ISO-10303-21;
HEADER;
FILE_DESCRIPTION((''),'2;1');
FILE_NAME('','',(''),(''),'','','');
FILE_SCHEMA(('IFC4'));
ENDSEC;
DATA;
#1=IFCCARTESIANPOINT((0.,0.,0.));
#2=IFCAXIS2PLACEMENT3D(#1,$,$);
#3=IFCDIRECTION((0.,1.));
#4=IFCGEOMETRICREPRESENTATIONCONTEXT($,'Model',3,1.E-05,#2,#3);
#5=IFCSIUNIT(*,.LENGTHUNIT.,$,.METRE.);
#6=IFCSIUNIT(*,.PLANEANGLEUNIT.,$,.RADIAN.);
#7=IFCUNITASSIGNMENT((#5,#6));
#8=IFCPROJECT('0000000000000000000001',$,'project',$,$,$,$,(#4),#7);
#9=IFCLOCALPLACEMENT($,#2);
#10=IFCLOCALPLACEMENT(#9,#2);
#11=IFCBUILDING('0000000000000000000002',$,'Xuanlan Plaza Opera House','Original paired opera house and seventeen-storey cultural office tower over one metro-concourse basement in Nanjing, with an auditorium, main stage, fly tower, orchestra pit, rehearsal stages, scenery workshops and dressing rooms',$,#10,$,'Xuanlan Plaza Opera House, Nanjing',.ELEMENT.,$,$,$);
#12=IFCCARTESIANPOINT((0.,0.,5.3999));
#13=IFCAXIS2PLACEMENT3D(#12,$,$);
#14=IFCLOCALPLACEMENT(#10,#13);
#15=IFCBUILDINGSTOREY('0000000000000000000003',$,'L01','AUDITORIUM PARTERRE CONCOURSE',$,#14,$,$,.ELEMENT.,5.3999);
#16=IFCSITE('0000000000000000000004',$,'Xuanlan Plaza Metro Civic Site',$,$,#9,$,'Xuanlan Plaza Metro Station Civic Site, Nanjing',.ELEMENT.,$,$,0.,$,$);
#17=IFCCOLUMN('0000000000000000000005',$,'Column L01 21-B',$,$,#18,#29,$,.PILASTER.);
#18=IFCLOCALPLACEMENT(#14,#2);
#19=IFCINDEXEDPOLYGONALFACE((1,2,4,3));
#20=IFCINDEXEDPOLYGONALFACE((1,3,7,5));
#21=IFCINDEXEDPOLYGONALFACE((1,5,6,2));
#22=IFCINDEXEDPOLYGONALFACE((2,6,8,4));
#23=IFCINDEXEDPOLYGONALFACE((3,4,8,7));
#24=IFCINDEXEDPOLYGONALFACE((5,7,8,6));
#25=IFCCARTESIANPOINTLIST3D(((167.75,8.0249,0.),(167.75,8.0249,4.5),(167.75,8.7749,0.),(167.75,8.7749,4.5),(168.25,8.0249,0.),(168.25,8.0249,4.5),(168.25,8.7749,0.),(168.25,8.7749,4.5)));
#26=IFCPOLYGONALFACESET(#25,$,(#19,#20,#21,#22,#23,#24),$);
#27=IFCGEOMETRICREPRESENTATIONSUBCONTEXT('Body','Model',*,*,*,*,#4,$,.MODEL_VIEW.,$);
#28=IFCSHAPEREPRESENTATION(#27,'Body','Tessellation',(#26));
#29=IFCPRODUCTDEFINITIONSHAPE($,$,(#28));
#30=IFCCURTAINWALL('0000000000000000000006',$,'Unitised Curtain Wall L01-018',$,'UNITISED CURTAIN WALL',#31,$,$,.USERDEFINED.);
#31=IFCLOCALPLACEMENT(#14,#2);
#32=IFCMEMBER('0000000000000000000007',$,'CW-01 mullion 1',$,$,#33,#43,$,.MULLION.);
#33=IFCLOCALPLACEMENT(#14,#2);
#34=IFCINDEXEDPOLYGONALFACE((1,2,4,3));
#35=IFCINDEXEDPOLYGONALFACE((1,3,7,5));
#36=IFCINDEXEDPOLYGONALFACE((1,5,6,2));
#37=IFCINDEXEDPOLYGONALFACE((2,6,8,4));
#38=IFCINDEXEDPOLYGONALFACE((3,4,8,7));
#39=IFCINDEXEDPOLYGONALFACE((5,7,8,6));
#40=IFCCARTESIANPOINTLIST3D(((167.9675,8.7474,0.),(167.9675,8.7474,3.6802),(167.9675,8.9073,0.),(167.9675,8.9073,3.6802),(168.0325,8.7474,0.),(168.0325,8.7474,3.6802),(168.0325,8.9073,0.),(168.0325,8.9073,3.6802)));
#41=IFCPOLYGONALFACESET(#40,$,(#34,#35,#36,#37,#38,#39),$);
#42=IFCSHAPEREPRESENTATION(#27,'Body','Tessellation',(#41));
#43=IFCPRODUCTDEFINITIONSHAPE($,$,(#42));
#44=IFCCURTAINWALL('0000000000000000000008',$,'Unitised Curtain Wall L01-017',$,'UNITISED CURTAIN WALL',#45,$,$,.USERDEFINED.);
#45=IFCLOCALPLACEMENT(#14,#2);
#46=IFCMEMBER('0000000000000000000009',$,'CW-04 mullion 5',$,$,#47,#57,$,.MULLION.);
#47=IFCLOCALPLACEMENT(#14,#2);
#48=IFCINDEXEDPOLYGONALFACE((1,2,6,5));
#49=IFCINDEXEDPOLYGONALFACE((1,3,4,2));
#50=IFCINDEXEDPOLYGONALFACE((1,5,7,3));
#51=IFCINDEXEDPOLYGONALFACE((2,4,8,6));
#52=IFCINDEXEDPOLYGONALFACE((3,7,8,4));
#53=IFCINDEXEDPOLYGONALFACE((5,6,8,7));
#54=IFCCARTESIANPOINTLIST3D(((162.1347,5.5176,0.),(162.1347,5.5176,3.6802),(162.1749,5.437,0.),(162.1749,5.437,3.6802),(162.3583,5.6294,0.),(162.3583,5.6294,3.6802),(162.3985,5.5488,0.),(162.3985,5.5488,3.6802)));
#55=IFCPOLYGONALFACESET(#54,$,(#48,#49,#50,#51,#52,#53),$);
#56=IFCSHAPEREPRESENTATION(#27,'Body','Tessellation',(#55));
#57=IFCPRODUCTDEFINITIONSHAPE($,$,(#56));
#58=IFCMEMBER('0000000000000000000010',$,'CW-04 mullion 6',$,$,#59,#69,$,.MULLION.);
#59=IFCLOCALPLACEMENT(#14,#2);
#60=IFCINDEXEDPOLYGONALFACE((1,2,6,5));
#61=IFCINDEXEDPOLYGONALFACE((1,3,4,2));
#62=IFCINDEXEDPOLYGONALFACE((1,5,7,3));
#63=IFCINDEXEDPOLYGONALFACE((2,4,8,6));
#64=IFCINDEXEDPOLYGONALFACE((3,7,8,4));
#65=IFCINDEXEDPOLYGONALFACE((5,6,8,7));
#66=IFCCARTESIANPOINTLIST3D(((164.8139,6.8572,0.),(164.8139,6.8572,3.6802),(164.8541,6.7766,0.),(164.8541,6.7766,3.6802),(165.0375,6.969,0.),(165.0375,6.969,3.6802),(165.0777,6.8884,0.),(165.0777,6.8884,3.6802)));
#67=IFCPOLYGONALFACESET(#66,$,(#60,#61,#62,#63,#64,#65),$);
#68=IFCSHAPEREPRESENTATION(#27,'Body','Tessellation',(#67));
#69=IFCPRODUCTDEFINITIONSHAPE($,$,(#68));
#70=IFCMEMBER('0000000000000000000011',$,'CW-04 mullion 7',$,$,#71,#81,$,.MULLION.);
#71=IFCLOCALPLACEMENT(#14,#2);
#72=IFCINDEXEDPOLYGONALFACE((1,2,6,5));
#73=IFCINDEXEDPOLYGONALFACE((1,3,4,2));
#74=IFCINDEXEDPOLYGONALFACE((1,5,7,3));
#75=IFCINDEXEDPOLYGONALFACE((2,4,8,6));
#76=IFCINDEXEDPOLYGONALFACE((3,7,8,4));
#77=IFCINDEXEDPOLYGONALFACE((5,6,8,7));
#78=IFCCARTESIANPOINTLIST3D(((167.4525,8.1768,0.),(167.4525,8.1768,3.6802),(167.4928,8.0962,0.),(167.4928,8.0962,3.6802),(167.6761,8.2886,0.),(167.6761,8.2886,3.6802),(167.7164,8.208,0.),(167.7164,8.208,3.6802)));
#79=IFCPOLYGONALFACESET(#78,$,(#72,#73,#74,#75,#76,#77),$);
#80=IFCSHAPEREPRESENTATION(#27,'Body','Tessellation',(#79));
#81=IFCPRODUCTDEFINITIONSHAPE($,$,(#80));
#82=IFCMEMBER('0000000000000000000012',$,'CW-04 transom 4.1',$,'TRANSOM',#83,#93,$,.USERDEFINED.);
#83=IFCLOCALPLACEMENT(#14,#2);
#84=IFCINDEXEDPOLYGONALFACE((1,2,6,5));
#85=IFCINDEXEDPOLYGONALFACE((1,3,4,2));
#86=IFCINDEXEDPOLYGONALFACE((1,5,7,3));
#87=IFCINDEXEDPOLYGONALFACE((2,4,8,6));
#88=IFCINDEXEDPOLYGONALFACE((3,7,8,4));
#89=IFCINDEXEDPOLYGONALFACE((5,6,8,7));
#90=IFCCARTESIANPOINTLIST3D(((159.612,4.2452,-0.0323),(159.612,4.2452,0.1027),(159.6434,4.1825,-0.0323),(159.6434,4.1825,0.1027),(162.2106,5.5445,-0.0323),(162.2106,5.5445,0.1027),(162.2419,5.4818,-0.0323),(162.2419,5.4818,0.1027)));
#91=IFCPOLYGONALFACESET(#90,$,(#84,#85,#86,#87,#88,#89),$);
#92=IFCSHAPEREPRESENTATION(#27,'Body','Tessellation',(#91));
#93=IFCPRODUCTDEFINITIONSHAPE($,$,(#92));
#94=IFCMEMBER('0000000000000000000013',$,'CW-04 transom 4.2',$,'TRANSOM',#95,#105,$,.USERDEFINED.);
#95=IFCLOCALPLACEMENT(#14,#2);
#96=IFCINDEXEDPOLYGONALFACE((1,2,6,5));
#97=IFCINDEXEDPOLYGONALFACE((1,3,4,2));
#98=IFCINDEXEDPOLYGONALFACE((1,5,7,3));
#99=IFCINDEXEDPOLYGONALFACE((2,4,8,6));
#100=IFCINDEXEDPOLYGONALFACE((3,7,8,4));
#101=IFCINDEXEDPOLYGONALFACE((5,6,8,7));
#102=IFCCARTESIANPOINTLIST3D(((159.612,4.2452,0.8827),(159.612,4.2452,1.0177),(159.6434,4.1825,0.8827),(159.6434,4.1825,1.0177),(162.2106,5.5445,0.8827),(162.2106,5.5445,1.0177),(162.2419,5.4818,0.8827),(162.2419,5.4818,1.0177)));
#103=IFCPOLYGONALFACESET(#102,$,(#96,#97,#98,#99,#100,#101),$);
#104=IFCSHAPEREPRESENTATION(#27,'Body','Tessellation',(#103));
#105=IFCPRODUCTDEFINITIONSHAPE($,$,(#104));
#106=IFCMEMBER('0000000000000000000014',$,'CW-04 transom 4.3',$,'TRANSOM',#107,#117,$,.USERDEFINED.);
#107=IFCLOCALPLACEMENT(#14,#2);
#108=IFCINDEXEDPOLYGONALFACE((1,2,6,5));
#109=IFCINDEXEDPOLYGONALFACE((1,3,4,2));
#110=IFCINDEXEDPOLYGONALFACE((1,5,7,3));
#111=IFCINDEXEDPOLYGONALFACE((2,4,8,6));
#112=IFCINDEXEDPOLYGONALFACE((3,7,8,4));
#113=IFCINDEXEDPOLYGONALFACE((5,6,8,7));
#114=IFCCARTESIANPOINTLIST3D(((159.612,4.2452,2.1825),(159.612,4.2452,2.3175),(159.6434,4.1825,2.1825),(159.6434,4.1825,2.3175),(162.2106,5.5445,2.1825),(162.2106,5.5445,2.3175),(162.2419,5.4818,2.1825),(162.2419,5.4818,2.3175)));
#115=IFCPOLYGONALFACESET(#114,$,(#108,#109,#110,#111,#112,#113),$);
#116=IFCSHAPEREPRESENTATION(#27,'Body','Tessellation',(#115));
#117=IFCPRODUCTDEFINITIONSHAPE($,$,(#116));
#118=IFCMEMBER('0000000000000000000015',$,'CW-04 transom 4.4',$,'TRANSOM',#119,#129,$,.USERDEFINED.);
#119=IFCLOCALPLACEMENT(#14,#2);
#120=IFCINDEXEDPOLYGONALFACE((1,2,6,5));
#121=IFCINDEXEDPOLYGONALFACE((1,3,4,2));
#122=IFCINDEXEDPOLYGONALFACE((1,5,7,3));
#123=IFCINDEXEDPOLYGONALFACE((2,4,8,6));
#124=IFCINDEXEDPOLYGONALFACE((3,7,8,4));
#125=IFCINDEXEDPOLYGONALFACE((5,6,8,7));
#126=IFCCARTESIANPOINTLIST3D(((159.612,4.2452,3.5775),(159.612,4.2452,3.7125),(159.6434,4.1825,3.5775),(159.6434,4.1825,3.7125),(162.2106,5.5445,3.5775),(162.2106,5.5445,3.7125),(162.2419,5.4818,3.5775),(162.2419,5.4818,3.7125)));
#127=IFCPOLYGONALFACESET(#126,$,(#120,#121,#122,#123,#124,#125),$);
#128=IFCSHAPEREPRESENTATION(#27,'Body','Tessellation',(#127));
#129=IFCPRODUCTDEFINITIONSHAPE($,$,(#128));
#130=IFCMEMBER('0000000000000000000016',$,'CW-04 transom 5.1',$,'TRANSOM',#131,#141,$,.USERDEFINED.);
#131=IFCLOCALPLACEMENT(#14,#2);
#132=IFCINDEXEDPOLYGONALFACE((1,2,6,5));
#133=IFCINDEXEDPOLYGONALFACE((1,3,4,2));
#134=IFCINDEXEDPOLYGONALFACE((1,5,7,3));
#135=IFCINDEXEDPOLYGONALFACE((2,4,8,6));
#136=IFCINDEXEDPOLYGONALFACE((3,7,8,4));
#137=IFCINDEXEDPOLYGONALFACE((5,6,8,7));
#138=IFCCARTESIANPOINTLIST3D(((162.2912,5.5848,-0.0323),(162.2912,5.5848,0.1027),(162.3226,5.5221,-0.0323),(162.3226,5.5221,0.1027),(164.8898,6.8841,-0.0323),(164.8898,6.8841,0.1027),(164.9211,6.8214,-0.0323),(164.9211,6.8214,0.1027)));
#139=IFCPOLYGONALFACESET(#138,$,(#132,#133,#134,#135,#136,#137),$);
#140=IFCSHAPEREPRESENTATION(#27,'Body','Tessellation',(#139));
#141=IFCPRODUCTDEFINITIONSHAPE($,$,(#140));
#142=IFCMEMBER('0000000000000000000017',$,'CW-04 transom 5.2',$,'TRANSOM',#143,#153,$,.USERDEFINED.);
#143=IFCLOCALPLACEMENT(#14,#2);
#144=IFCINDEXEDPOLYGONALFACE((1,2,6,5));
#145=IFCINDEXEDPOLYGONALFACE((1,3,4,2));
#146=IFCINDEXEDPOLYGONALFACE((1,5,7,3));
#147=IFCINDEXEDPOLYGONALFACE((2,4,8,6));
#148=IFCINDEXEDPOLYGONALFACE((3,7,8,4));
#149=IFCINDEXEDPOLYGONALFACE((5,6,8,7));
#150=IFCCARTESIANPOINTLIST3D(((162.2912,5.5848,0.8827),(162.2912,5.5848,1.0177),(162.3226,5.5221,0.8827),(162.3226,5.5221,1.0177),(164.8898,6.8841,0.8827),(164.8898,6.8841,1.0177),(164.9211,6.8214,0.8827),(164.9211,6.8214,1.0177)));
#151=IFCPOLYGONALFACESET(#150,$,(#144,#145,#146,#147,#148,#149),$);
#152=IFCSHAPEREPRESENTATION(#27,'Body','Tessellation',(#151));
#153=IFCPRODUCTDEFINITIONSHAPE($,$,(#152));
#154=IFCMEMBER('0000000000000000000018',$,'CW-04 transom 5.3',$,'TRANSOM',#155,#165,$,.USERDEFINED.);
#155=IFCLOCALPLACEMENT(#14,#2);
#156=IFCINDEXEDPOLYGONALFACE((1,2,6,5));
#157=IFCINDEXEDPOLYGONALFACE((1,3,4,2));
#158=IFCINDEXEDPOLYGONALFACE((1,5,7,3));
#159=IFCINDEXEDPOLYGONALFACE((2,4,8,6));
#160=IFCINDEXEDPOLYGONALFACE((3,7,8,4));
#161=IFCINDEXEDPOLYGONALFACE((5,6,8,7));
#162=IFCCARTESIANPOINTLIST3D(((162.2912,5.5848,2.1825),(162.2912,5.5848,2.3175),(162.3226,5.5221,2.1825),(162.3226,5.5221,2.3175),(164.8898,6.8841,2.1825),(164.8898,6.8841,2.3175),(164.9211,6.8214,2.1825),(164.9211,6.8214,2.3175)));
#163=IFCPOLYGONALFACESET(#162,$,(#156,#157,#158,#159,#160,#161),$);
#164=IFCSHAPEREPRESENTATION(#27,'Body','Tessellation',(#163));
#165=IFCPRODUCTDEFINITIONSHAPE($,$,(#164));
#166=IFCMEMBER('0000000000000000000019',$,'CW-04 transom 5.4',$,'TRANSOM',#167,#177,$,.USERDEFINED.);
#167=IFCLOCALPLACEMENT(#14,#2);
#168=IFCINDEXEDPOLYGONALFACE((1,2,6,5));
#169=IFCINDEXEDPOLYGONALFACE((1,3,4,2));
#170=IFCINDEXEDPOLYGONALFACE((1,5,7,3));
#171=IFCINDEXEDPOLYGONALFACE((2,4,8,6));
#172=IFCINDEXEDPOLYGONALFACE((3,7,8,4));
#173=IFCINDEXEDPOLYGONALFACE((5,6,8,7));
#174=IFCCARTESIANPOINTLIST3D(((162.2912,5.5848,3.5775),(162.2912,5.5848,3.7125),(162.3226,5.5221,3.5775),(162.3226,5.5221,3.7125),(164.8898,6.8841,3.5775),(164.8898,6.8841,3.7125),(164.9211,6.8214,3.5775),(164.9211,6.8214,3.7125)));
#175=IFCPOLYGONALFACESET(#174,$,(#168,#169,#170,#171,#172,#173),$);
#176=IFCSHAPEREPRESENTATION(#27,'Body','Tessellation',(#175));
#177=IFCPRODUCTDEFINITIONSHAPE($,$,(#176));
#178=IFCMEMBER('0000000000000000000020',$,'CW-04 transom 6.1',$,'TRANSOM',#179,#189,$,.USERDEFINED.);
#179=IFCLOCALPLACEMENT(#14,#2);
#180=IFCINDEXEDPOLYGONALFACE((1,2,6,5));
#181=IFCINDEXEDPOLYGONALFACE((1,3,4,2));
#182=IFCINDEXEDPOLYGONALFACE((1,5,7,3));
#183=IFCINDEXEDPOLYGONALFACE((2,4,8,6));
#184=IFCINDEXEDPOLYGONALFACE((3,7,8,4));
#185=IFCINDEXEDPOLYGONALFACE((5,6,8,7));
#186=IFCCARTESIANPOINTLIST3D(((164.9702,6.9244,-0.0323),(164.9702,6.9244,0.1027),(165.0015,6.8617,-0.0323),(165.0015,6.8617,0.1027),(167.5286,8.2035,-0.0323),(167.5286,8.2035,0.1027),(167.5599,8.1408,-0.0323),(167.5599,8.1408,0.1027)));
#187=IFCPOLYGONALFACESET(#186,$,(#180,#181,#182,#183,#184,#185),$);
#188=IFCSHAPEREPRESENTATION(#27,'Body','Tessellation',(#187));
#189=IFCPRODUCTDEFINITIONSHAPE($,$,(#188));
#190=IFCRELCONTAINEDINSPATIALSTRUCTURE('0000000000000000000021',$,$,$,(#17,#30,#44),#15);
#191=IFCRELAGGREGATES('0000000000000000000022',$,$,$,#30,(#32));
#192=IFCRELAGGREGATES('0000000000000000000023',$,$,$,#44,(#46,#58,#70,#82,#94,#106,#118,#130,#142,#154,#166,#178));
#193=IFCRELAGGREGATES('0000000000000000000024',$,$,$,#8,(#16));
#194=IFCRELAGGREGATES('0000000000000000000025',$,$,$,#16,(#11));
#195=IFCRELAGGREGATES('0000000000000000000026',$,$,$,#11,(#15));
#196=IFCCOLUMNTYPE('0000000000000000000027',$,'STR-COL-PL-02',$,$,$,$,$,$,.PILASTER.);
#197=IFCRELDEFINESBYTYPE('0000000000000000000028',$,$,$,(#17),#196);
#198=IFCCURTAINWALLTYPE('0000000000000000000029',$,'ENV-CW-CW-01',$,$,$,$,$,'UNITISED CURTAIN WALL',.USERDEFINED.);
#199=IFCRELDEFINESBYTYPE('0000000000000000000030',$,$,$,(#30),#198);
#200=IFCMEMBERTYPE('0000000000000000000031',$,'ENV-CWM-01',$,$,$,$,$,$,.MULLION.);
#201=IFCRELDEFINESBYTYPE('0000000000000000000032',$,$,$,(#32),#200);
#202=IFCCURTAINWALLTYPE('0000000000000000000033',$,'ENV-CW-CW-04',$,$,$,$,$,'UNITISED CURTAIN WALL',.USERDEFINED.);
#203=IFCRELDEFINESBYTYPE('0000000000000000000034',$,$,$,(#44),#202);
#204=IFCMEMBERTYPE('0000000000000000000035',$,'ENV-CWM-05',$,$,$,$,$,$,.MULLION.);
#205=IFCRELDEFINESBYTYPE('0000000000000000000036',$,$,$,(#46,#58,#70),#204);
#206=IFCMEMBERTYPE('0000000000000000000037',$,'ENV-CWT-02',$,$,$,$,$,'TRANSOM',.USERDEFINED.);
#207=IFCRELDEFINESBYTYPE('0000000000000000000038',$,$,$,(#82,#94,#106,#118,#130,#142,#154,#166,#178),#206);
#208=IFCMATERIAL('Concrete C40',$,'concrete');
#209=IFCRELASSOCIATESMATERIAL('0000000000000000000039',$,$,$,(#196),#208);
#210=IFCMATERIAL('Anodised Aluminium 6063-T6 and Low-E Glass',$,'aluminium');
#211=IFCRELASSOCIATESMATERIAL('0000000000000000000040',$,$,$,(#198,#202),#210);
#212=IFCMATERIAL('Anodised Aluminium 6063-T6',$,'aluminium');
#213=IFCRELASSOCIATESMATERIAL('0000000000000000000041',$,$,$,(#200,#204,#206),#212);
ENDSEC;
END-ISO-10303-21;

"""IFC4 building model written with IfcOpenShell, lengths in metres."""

from ifc_helpers import new_model, si_unit, direction, frame, origin, origin_2d, place, context, subcontext, project, spatial, rectangle, extrude, material, material_profile, profile_set, type_object, element, aggregate, save


model = new_model("IFC4")

# Units and contexts
model_context = context("Model", 3, precision=1e-05, world=origin(), true_north=direction((0.0, 1.0)))
body_context = subcontext(model_context, "Body", "Model", "MODEL_VIEW")
ifc_project = project(units=[si_unit("LENGTHUNIT", "METRE"), si_unit("PLANEANGLEUNIT", "RADIAN")], contexts=[model_context])

# Site, building, storey
site_placement = place(None, origin())
site = spatial("IfcSite", under=ifc_project, at=site_placement, Name="Xuanlan Plaza Metro Civic Site", LongName="Xuanlan Plaza Metro Station Civic Site, Nanjing", CompositionType="ELEMENT", RefElevation=0.0)
building_placement = place(site_placement, origin())
building = spatial("IfcBuilding", under=site, at=building_placement, Name="Xuanlan Plaza Opera House", Description="Original paired opera house and seventeen-storey cultural office tower over one metro-concourse basement in Nanjing, with an auditorium, main stage, fly tower, orchestra pit, rehearsal stages, scenery workshops and dressing rooms", LongName="Xuanlan Plaza Opera House, Nanjing", CompositionType="ELEMENT")
storey_placement = place(building_placement, frame((0.0, 0.0, 5.3999)))
storey = spatial("IfcBuildingStorey", under=building, at=storey_placement, Name="L01", Description="AUDITORIUM PARTERRE CONCOURSE", CompositionType="ELEMENT", Elevation=5.3999)

# Column
ifc_material_1 = material(Name="Concrete C40", Category="concrete")
ifc_material_profile_1 = material_profile(ifc_material_1, rectangle(XDim=0.5, YDim=0.75, at=origin_2d()), Name="RC-PIL 500x750")
ifc_profile_set_1 = profile_set([ifc_material_profile_1], Name="Concrete C40")
column_type = type_object("IfcColumnType", Name="STR-COL-PL-02", PredefinedType="PILASTER", material=ifc_profile_set_1)
column_placement = place(storey_placement, frame((168.0, 8.3999, 0.0), z_axis=(0.0, 0.0, 1.0), x_axis=(1.0, 0.0, 0.0)))
element("IfcColumn", 1, at=column_placement, inside=storey, type_object=column_type, Name="Column L01 21-B", PredefinedType="PILASTER", context=body_context, shape_type="SweptSolid", body=[
    extrude(rectangle(XDim=0.5, YDim=0.75, at=origin_2d()), origin(), (0.0, 0.0, 1.0), 4.5),
])

# Curtain wall, member
ifc_material_2 = material(Name="Anodised Aluminium 6063-T6 and Low-E Glass", Category="aluminium")
curtain_wall_type_1 = type_object("IfcCurtainWallType", Name="ENV-CW-CW-01", ElementType="UNITISED CURTAIN WALL", PredefinedType="USERDEFINED", material=ifc_material_2)
curtain_wall_1_placement = place(storey_placement, origin())
curtain_wall_1 = element("IfcCurtainWall", 2, at=curtain_wall_1_placement, inside=storey, type_object=curtain_wall_type_1, Name="Unitised Curtain Wall L01-018", ObjectType="UNITISED CURTAIN WALL", PredefinedType="USERDEFINED")
ifc_material_3 = material(Name="Anodised Aluminium 6063-T6", Category="aluminium")
ifc_material_profile_2 = material_profile(ifc_material_3, rectangle(XDim=0.0649, YDim=0.1599, at=origin_2d()), Name="ALU-M 65x160")
ifc_profile_set_2 = profile_set([ifc_material_profile_2], Name="Anodised Aluminium 6063-T6")
member_type_1 = type_object("IfcMemberType", Name="ENV-CWM-01", PredefinedType="MULLION", material=ifc_profile_set_2)
member_1_placement = place(storey_placement, frame((168.0, 8.8274, 0.0), z_axis=(0.0, 0.0, 1.0), x_axis=(-1.0, 0.0, 0.0)))
member_1 = element("IfcMember", 3, at=member_1_placement, type_object=member_type_1, Name="CW-01 mullion 1", PredefinedType="MULLION", context=body_context, shape_type="SweptSolid", body=[
    extrude(rectangle(XDim=0.0649, YDim=0.1599, at=origin_2d()), origin(), (0.0, 0.0, 1.0), 3.6802),
])

# Curtain wall, members
curtain_wall_type_2 = type_object("IfcCurtainWallType", Name="ENV-CW-CW-04", ElementType="UNITISED CURTAIN WALL", PredefinedType="USERDEFINED", material=ifc_material_2)
curtain_wall_2_placement = place(storey_placement, origin())
curtain_wall_2 = element("IfcCurtainWall", 4, at=curtain_wall_2_placement, inside=storey, type_object=curtain_wall_type_2, Name="Unitised Curtain Wall L01-017", ObjectType="UNITISED CURTAIN WALL", PredefinedType="USERDEFINED")
ifc_material_profile_3 = material_profile(ifc_material_3, rectangle(XDim=0.0901, YDim=0.25, at=origin_2d()), Name="ALU-M 90x250")
ifc_profile_set_3 = profile_set([ifc_material_profile_3], Name="Anodised Aluminium 6063-T6")
member_type_2 = type_object("IfcMemberType", Name="ENV-CWM-05", PredefinedType="MULLION", material=ifc_profile_set_3)
member_2_placement = place(storey_placement, frame((162.2666, 5.5332, 0.0), z_axis=(0.0, 0.0, 1.0), x_axis=(-0.447214, 0.894427, 0.0)))
member_2 = element("IfcMember", 5, at=member_2_placement, type_object=member_type_2, Name="CW-04 mullion 5", PredefinedType="MULLION", context=body_context, shape_type="SweptSolid", body=[
    extrude(rectangle(XDim=0.0901, YDim=0.25, at=origin_2d()), origin(), (0.0, 0.0, 1.0), 3.6802),
])
member_3_placement = place(storey_placement, frame((164.9458, 6.8728, 0.0), z_axis=(0.0, 0.0, 1.0), x_axis=(-0.447214, 0.894427, 0.0)))
member_3 = element("IfcMember", 6, at=member_3_placement, type_object=member_type_2, Name="CW-04 mullion 6", PredefinedType="MULLION", context=body_context, shape_type="SweptSolid", body=[
    extrude(rectangle(XDim=0.0901, YDim=0.25, at=origin_2d()), origin(), (0.0, 0.0, 1.0), 3.6802),
])
member_4_placement = place(storey_placement, frame((167.5845, 8.1924, 0.0), z_axis=(0.0, 0.0, 1.0), x_axis=(-0.447214, 0.894427, 0.0)))
member_4 = element("IfcMember", 7, at=member_4_placement, type_object=member_type_2, Name="CW-04 mullion 7", PredefinedType="MULLION", context=body_context, shape_type="SweptSolid", body=[
    extrude(rectangle(XDim=0.0901, YDim=0.25, at=origin_2d()), origin(), (0.0, 0.0, 1.0), 3.6802),
])
ifc_material_profile_4 = material_profile(ifc_material_3, rectangle(XDim=0.0701, YDim=0.135, at=origin_2d()), Name="ALU-T 70x135")
ifc_profile_set_4 = profile_set([ifc_material_profile_4], Name="Anodised Aluminium 6063-T6")
member_type_3 = type_object("IfcMemberType", Name="ENV-CWT-02", ElementType="TRANSOM", PredefinedType="USERDEFINED", material=ifc_profile_set_4)
member_5_placement = place(storey_placement, frame((159.6277, 4.2139, 0.0352), z_axis=(0.894427, 0.447214, 0.0), x_axis=(-0.447214, 0.894427, 0.0)))
member_5 = element("IfcMember", 8, at=member_5_placement, type_object=member_type_3, Name="CW-04 transom 4.1", ObjectType="TRANSOM", PredefinedType="USERDEFINED", context=body_context, shape_type="SweptSolid", body=[
    extrude(rectangle(XDim=0.0701, YDim=0.135, at=origin_2d()), origin(), (0.0, 0.0, 1.0), 2.9053),
])
member_6_placement = place(storey_placement, frame((159.6277, 4.2139, 0.9502), z_axis=(0.894427, 0.447214, 0.0), x_axis=(-0.447214, 0.894427, 0.0)))
member_6 = element("IfcMember", 9, at=member_6_placement, type_object=member_type_3, Name="CW-04 transom 4.2", ObjectType="TRANSOM", PredefinedType="USERDEFINED", context=body_context, shape_type="SweptSolid", body=[
    extrude(rectangle(XDim=0.0701, YDim=0.135, at=origin_2d()), origin(), (0.0, 0.0, 1.0), 2.9053),
])
member_7_placement = place(storey_placement, frame((159.6277, 4.2139, 2.25), z_axis=(0.894427, 0.447214, 0.0), x_axis=(-0.447214, 0.894427, 0.0)))
member_7 = element("IfcMember", 10, at=member_7_placement, type_object=member_type_3, Name="CW-04 transom 4.3", ObjectType="TRANSOM", PredefinedType="USERDEFINED", context=body_context, shape_type="SweptSolid", body=[
    extrude(rectangle(XDim=0.0701, YDim=0.135, at=origin_2d()), origin(), (0.0, 0.0, 1.0), 2.9053),
])
member_8_placement = place(storey_placement, frame((159.6277, 4.2139, 3.645), z_axis=(0.894427, 0.447214, 0.0), x_axis=(-0.447214, 0.894427, 0.0)))
member_8 = element("IfcMember", 11, at=member_8_placement, type_object=member_type_3, Name="CW-04 transom 4.4", ObjectType="TRANSOM", PredefinedType="USERDEFINED", context=body_context, shape_type="SweptSolid", body=[
    extrude(rectangle(XDim=0.0701, YDim=0.135, at=origin_2d()), origin(), (0.0, 0.0, 1.0), 2.9053),
])
member_9_placement = place(storey_placement, frame((162.3069, 5.5535, 0.0352), z_axis=(0.894427, 0.447214, 0.0), x_axis=(-0.447214, 0.894427, 0.0)))
member_9 = element("IfcMember", 12, at=member_9_placement, type_object=member_type_3, Name="CW-04 transom 5.1", ObjectType="TRANSOM", PredefinedType="USERDEFINED", context=body_context, shape_type="SweptSolid", body=[
    extrude(rectangle(XDim=0.0701, YDim=0.135, at=origin_2d()), origin(), (0.0, 0.0, 1.0), 2.9053),
])
member_10_placement = place(storey_placement, frame((162.3069, 5.5535, 0.9502), z_axis=(0.894427, 0.447214, 0.0), x_axis=(-0.447214, 0.894427, 0.0)))
member_10 = element("IfcMember", 13, at=member_10_placement, type_object=member_type_3, Name="CW-04 transom 5.2", ObjectType="TRANSOM", PredefinedType="USERDEFINED", context=body_context, shape_type="SweptSolid", body=[
    extrude(rectangle(XDim=0.0701, YDim=0.135, at=origin_2d()), origin(), (0.0, 0.0, 1.0), 2.9053),
])
member_11_placement = place(storey_placement, frame((162.3069, 5.5535, 2.25), z_axis=(0.894427, 0.447214, 0.0), x_axis=(-0.447214, 0.894427, 0.0)))
member_11 = element("IfcMember", 14, at=member_11_placement, type_object=member_type_3, Name="CW-04 transom 5.3", ObjectType="TRANSOM", PredefinedType="USERDEFINED", context=body_context, shape_type="SweptSolid", body=[
    extrude(rectangle(XDim=0.0701, YDim=0.135, at=origin_2d()), origin(), (0.0, 0.0, 1.0), 2.9053),
])
member_12_placement = place(storey_placement, frame((162.3069, 5.5535, 3.645), z_axis=(0.894427, 0.447214, 0.0), x_axis=(-0.447214, 0.894427, 0.0)))
member_12 = element("IfcMember", 15, at=member_12_placement, type_object=member_type_3, Name="CW-04 transom 5.4", ObjectType="TRANSOM", PredefinedType="USERDEFINED", context=body_context, shape_type="SweptSolid", body=[
    extrude(rectangle(XDim=0.0701, YDim=0.135, at=origin_2d()), origin(), (0.0, 0.0, 1.0), 2.9053),
])
member_13_placement = place(storey_placement, frame((164.9858, 6.8931, 0.0352), z_axis=(0.894444, 0.447179, 0.0), x_axis=(-0.447179, 0.894444, 0.0)))
member_13 = element("IfcMember", 16, at=member_13_placement, type_object=member_type_3, Name="CW-04 transom 6.1", ObjectType="TRANSOM", PredefinedType="USERDEFINED", context=body_context, shape_type="SweptSolid", body=[
    extrude(rectangle(XDim=0.0701, YDim=0.135, at=origin_2d()), origin(), (0.0, 0.0, 1.0), 2.8604),
])

aggregate(curtain_wall_1, [member_1])

aggregate(curtain_wall_2, [member_2, member_3, member_4, member_5, member_6, member_7, member_8, member_9, member_10, member_11, member_12, member_13])

save(model, "model.ifc")
